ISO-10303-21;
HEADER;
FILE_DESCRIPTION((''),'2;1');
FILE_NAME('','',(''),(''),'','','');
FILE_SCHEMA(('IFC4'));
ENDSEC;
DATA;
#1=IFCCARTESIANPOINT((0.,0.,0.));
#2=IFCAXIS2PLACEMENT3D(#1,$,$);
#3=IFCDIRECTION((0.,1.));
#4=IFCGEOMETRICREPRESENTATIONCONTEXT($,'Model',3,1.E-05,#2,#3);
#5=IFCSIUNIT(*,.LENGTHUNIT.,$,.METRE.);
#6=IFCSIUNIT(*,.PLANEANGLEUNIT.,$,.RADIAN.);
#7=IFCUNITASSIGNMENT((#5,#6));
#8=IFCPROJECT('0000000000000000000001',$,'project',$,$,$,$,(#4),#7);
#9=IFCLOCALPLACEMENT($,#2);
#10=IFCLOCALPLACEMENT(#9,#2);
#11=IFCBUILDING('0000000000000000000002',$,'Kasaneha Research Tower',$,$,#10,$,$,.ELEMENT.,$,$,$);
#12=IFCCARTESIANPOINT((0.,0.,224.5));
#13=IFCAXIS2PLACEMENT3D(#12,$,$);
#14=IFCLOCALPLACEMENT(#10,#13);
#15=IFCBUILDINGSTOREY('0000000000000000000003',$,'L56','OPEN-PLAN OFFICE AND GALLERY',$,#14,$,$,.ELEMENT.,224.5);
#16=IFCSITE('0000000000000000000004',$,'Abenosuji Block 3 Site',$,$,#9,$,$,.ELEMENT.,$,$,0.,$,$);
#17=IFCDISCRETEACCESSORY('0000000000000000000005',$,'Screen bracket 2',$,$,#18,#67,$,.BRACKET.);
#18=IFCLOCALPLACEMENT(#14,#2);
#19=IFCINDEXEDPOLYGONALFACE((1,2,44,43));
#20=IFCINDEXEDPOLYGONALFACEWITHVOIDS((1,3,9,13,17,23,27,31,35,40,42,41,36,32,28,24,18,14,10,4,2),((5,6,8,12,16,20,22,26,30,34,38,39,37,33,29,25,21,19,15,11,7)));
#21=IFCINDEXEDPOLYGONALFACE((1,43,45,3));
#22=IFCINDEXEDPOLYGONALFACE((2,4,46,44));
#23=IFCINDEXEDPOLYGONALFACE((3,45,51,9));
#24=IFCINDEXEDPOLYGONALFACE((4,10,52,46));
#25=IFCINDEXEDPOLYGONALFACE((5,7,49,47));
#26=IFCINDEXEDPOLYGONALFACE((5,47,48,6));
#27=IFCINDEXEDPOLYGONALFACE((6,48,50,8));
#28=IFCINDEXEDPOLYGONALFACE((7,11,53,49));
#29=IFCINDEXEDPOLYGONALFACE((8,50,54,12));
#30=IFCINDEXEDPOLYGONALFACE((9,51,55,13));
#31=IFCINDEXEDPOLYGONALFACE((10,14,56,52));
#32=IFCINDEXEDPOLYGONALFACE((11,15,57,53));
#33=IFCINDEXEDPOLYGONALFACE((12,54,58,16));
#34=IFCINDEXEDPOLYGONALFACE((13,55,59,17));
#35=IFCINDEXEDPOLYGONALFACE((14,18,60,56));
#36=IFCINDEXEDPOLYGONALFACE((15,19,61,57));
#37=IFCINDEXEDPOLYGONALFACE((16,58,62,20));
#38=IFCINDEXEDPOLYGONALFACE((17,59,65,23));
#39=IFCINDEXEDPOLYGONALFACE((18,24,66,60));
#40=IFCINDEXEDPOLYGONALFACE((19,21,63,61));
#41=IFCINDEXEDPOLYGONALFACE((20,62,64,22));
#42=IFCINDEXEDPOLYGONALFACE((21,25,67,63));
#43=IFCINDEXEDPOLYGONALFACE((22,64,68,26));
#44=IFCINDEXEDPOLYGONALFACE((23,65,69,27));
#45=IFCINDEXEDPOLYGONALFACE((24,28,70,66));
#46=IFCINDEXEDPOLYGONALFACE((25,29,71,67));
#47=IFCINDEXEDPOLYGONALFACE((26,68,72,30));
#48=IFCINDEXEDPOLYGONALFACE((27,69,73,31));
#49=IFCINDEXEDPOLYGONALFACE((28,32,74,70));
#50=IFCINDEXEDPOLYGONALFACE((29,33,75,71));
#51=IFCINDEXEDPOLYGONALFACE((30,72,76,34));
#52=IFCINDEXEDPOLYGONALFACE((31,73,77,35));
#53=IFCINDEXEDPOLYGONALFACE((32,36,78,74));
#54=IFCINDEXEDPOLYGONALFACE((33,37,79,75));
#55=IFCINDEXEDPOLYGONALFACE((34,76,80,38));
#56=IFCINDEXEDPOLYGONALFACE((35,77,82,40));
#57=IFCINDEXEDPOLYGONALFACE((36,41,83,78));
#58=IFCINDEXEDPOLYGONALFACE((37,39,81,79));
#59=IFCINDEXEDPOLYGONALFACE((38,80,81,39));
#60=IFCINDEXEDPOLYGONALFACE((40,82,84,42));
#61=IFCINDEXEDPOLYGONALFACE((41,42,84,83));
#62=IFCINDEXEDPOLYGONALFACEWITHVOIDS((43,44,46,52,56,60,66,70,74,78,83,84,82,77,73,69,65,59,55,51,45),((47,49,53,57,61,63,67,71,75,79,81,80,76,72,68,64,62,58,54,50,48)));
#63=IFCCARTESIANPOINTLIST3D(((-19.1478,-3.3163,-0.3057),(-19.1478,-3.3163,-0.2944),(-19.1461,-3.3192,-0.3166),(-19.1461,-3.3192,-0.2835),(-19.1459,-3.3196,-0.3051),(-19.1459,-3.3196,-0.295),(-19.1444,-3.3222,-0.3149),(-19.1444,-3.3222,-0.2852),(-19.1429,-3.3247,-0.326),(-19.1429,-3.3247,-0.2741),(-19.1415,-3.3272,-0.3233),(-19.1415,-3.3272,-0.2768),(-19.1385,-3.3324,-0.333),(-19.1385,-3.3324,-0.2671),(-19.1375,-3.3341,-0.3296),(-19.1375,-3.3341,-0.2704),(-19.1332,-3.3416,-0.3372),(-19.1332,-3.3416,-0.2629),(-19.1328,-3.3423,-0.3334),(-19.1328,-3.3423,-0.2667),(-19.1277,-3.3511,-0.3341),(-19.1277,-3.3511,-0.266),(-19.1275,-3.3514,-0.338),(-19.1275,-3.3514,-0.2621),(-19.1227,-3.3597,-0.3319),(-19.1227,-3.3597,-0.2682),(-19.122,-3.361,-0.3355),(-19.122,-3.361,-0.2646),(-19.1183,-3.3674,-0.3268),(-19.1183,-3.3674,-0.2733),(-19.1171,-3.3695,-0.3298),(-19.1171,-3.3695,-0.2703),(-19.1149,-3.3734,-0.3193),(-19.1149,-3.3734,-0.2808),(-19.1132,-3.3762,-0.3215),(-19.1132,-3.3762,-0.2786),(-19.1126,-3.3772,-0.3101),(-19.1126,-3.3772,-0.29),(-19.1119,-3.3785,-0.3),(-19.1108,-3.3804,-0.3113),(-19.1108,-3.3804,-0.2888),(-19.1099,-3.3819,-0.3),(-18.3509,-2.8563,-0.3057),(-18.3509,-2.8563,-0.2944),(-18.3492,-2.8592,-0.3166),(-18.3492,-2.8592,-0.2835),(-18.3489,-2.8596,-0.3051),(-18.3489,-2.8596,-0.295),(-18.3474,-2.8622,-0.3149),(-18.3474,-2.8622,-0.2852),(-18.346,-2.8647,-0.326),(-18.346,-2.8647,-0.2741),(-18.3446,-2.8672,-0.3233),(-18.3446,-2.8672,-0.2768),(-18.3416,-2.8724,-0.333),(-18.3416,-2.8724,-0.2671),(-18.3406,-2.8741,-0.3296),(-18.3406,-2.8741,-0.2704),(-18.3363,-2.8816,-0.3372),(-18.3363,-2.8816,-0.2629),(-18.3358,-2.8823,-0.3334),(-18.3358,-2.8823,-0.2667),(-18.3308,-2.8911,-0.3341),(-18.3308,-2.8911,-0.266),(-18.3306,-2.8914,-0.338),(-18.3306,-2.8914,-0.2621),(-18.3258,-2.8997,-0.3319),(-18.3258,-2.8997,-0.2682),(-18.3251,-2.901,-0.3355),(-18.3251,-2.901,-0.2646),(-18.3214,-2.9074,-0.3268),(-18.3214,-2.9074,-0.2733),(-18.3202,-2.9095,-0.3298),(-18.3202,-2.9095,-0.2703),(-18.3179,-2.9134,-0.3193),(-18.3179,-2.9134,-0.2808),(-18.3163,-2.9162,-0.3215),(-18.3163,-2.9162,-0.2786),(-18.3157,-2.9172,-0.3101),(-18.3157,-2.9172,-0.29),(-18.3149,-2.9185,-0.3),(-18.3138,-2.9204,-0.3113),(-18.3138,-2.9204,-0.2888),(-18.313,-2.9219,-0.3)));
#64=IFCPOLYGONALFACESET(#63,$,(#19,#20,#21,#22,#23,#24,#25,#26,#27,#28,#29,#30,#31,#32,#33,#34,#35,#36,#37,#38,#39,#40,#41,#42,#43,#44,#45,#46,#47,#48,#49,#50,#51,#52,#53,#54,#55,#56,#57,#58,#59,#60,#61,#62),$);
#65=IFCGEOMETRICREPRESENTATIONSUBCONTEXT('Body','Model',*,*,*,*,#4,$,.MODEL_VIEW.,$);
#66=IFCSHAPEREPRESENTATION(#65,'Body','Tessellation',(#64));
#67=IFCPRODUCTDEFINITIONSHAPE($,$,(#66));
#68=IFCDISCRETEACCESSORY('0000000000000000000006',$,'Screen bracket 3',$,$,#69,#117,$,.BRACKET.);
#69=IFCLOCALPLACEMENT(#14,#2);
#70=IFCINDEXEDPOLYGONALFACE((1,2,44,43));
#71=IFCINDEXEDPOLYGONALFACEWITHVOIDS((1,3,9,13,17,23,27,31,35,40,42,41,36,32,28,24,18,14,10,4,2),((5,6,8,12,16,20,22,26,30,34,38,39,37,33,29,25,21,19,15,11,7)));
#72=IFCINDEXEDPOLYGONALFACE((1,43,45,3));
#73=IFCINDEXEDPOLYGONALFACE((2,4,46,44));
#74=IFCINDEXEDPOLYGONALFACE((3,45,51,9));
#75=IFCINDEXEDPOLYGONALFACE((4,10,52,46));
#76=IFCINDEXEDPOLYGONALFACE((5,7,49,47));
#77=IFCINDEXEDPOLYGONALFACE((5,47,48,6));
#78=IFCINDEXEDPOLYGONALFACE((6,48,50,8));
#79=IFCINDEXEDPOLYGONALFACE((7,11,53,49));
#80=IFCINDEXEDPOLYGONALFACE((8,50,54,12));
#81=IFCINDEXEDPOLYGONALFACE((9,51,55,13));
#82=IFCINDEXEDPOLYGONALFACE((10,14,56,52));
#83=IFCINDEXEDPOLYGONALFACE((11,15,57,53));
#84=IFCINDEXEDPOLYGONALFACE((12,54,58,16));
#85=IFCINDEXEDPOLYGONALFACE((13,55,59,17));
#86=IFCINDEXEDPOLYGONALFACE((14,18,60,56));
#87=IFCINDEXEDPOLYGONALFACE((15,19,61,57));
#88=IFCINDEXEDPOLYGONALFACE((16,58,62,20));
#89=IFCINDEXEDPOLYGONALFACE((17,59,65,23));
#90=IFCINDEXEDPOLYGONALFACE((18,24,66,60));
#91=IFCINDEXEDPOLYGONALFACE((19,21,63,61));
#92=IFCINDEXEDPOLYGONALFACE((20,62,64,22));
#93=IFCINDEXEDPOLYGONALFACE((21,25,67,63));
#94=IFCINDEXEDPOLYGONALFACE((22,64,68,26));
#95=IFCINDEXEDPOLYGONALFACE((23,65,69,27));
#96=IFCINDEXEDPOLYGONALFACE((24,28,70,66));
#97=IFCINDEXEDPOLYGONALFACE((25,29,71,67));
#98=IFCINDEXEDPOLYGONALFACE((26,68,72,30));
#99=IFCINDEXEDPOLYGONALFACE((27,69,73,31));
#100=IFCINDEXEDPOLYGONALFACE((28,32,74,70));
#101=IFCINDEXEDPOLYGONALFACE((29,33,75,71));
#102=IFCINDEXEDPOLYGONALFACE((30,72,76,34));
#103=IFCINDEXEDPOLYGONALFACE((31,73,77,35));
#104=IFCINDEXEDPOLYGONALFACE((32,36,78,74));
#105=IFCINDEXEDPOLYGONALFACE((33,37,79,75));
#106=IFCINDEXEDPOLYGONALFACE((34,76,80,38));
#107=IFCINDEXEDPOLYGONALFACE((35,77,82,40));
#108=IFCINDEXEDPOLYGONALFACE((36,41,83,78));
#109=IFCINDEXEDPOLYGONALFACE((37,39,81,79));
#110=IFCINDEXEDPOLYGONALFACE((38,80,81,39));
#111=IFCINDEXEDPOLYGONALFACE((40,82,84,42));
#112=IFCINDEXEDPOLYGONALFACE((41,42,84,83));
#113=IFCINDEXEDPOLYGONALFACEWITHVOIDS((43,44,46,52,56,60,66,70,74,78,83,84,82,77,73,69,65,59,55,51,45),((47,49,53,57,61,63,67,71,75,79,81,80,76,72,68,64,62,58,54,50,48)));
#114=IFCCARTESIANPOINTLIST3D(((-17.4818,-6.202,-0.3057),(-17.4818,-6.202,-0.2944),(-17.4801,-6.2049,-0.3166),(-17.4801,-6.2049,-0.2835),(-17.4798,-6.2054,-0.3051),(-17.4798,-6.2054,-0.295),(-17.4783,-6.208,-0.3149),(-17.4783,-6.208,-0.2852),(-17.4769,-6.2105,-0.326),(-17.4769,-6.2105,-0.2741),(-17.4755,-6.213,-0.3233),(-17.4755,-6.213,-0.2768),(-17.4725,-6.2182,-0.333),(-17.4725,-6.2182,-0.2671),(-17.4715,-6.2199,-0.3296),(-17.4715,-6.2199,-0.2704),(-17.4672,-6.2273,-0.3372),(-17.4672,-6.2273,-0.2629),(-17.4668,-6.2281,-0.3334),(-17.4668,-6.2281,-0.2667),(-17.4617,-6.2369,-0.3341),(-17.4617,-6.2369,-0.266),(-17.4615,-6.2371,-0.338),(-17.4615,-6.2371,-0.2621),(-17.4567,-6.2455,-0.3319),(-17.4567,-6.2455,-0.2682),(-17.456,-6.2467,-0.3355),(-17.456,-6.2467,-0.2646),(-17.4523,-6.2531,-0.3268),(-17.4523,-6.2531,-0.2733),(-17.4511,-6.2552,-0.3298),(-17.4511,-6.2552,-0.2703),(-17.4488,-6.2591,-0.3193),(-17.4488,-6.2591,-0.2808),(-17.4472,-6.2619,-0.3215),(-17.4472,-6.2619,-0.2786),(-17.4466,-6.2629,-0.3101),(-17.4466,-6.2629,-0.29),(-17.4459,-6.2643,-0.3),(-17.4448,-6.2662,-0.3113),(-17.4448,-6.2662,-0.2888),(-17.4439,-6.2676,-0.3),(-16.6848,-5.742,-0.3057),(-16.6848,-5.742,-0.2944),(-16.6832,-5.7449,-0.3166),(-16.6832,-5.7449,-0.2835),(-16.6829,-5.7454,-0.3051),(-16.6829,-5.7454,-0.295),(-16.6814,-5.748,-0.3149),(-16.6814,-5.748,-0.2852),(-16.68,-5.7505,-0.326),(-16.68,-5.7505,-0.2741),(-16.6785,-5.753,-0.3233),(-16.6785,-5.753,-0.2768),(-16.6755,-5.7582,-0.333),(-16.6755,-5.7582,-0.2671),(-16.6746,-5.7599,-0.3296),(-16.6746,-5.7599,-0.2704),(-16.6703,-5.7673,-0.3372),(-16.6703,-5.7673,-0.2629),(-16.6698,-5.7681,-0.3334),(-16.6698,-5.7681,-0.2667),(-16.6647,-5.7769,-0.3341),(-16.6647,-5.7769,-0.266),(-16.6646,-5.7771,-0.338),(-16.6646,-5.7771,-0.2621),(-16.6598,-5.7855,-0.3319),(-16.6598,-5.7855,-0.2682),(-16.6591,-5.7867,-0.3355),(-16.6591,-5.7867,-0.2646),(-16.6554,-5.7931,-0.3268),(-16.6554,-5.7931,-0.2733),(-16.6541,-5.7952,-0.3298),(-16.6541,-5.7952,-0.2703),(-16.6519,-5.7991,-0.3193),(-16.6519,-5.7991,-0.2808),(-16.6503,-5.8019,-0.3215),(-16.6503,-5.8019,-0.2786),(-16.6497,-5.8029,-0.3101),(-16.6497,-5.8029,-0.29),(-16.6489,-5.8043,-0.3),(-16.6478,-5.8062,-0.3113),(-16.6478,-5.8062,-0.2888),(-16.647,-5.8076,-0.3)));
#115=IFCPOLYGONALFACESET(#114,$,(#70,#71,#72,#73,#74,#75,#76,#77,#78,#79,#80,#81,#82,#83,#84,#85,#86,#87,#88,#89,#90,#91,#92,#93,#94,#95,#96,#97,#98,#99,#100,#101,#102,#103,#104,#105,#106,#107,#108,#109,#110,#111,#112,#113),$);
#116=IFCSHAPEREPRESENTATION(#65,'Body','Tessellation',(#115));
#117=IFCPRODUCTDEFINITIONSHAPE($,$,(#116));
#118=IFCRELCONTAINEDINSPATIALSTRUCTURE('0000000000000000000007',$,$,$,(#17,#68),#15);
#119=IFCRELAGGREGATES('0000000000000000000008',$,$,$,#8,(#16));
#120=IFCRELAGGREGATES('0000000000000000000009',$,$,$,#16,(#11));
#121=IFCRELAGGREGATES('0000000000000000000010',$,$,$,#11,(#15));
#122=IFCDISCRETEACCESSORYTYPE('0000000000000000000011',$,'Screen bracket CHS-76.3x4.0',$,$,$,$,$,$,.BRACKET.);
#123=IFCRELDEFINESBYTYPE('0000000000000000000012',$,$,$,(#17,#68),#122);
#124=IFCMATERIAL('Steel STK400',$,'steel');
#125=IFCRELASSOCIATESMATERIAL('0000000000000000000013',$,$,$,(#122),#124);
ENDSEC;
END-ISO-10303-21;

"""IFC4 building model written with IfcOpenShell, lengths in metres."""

from ifc_helpers import new_model, si_unit, direction, frame, origin, origin_2d, place, context, subcontext, project, spatial, hollow_circle, extrude, material, material_profile, profile_set, type_object, element, save


model = new_model("IFC4")

# Units and contexts
model_context = context("Model", 3, precision=1e-05, world=origin(), true_north=direction((0.0, 1.0)))
body_context = subcontext(model_context, "Body", "Model", "MODEL_VIEW")
ifc_project = project(units=[si_unit("LENGTHUNIT", "METRE"), si_unit("PLANEANGLEUNIT", "RADIAN")], contexts=[model_context])

# Site, building, storey
site_placement = place(None, origin())
site = spatial("IfcSite", under=ifc_project, at=site_placement, Name="Abenosuji Block 3 Site", CompositionType="ELEMENT", RefElevation=0.0)
building_placement = place(site_placement, origin())
building = spatial("IfcBuilding", under=site, at=building_placement, Name="Kasaneha Research Tower", CompositionType="ELEMENT")
storey_placement = place(building_placement, frame((0.0, 0.0, 224.5)))
storey = spatial("IfcBuildingStorey", under=building, at=storey_placement, Name="L56", Description="OPEN-PLAN OFFICE AND GALLERY", CompositionType="ELEMENT", Elevation=224.5)

# Discrete accessories
ifc_material_1 = material(Name="Steel STK400", Category="steel")
ifc_material_profile_1 = material_profile(ifc_material_1, hollow_circle(Radius=0.0381, WallThickness=0.0039, at=origin_2d()), Name="CHS-76.3x4.0")
ifc_profile_set_1 = profile_set([ifc_material_profile_1], Name="Steel STK400")
discrete_accessory_type = type_object("IfcDiscreteAccessoryType", Name="Screen bracket CHS-76.3x4.0", PredefinedType="BRACKET", material=ifc_profile_set_1)
for number, where, z_axis, x_axis, name in (
    (1, (-18.332, -2.8889, -0.3), (-0.86608, -0.499906, 0.0), (0.499906, -0.86608, 0.0), "Screen bracket 2"),
    (2, (-16.666, -5.7747, -0.3), (-0.86608, -0.499906, 0.0), (0.499906, -0.86608, 0.0), "Screen bracket 3"),
):
    element("IfcDiscreteAccessory", number, at=place(storey_placement, frame(where, z_axis=z_axis, x_axis=x_axis)), inside=storey, type_object=discrete_accessory_type, Name=name, PredefinedType="BRACKET", context=body_context, shape_type="SweptSolid", body=[
        extrude(hollow_circle(Radius=0.0381, WallThickness=0.0039, at=origin_2d()), origin(), (0.0, 0.0, 1.0), 0.9202),
    ])

save(model, "model.ifc")
